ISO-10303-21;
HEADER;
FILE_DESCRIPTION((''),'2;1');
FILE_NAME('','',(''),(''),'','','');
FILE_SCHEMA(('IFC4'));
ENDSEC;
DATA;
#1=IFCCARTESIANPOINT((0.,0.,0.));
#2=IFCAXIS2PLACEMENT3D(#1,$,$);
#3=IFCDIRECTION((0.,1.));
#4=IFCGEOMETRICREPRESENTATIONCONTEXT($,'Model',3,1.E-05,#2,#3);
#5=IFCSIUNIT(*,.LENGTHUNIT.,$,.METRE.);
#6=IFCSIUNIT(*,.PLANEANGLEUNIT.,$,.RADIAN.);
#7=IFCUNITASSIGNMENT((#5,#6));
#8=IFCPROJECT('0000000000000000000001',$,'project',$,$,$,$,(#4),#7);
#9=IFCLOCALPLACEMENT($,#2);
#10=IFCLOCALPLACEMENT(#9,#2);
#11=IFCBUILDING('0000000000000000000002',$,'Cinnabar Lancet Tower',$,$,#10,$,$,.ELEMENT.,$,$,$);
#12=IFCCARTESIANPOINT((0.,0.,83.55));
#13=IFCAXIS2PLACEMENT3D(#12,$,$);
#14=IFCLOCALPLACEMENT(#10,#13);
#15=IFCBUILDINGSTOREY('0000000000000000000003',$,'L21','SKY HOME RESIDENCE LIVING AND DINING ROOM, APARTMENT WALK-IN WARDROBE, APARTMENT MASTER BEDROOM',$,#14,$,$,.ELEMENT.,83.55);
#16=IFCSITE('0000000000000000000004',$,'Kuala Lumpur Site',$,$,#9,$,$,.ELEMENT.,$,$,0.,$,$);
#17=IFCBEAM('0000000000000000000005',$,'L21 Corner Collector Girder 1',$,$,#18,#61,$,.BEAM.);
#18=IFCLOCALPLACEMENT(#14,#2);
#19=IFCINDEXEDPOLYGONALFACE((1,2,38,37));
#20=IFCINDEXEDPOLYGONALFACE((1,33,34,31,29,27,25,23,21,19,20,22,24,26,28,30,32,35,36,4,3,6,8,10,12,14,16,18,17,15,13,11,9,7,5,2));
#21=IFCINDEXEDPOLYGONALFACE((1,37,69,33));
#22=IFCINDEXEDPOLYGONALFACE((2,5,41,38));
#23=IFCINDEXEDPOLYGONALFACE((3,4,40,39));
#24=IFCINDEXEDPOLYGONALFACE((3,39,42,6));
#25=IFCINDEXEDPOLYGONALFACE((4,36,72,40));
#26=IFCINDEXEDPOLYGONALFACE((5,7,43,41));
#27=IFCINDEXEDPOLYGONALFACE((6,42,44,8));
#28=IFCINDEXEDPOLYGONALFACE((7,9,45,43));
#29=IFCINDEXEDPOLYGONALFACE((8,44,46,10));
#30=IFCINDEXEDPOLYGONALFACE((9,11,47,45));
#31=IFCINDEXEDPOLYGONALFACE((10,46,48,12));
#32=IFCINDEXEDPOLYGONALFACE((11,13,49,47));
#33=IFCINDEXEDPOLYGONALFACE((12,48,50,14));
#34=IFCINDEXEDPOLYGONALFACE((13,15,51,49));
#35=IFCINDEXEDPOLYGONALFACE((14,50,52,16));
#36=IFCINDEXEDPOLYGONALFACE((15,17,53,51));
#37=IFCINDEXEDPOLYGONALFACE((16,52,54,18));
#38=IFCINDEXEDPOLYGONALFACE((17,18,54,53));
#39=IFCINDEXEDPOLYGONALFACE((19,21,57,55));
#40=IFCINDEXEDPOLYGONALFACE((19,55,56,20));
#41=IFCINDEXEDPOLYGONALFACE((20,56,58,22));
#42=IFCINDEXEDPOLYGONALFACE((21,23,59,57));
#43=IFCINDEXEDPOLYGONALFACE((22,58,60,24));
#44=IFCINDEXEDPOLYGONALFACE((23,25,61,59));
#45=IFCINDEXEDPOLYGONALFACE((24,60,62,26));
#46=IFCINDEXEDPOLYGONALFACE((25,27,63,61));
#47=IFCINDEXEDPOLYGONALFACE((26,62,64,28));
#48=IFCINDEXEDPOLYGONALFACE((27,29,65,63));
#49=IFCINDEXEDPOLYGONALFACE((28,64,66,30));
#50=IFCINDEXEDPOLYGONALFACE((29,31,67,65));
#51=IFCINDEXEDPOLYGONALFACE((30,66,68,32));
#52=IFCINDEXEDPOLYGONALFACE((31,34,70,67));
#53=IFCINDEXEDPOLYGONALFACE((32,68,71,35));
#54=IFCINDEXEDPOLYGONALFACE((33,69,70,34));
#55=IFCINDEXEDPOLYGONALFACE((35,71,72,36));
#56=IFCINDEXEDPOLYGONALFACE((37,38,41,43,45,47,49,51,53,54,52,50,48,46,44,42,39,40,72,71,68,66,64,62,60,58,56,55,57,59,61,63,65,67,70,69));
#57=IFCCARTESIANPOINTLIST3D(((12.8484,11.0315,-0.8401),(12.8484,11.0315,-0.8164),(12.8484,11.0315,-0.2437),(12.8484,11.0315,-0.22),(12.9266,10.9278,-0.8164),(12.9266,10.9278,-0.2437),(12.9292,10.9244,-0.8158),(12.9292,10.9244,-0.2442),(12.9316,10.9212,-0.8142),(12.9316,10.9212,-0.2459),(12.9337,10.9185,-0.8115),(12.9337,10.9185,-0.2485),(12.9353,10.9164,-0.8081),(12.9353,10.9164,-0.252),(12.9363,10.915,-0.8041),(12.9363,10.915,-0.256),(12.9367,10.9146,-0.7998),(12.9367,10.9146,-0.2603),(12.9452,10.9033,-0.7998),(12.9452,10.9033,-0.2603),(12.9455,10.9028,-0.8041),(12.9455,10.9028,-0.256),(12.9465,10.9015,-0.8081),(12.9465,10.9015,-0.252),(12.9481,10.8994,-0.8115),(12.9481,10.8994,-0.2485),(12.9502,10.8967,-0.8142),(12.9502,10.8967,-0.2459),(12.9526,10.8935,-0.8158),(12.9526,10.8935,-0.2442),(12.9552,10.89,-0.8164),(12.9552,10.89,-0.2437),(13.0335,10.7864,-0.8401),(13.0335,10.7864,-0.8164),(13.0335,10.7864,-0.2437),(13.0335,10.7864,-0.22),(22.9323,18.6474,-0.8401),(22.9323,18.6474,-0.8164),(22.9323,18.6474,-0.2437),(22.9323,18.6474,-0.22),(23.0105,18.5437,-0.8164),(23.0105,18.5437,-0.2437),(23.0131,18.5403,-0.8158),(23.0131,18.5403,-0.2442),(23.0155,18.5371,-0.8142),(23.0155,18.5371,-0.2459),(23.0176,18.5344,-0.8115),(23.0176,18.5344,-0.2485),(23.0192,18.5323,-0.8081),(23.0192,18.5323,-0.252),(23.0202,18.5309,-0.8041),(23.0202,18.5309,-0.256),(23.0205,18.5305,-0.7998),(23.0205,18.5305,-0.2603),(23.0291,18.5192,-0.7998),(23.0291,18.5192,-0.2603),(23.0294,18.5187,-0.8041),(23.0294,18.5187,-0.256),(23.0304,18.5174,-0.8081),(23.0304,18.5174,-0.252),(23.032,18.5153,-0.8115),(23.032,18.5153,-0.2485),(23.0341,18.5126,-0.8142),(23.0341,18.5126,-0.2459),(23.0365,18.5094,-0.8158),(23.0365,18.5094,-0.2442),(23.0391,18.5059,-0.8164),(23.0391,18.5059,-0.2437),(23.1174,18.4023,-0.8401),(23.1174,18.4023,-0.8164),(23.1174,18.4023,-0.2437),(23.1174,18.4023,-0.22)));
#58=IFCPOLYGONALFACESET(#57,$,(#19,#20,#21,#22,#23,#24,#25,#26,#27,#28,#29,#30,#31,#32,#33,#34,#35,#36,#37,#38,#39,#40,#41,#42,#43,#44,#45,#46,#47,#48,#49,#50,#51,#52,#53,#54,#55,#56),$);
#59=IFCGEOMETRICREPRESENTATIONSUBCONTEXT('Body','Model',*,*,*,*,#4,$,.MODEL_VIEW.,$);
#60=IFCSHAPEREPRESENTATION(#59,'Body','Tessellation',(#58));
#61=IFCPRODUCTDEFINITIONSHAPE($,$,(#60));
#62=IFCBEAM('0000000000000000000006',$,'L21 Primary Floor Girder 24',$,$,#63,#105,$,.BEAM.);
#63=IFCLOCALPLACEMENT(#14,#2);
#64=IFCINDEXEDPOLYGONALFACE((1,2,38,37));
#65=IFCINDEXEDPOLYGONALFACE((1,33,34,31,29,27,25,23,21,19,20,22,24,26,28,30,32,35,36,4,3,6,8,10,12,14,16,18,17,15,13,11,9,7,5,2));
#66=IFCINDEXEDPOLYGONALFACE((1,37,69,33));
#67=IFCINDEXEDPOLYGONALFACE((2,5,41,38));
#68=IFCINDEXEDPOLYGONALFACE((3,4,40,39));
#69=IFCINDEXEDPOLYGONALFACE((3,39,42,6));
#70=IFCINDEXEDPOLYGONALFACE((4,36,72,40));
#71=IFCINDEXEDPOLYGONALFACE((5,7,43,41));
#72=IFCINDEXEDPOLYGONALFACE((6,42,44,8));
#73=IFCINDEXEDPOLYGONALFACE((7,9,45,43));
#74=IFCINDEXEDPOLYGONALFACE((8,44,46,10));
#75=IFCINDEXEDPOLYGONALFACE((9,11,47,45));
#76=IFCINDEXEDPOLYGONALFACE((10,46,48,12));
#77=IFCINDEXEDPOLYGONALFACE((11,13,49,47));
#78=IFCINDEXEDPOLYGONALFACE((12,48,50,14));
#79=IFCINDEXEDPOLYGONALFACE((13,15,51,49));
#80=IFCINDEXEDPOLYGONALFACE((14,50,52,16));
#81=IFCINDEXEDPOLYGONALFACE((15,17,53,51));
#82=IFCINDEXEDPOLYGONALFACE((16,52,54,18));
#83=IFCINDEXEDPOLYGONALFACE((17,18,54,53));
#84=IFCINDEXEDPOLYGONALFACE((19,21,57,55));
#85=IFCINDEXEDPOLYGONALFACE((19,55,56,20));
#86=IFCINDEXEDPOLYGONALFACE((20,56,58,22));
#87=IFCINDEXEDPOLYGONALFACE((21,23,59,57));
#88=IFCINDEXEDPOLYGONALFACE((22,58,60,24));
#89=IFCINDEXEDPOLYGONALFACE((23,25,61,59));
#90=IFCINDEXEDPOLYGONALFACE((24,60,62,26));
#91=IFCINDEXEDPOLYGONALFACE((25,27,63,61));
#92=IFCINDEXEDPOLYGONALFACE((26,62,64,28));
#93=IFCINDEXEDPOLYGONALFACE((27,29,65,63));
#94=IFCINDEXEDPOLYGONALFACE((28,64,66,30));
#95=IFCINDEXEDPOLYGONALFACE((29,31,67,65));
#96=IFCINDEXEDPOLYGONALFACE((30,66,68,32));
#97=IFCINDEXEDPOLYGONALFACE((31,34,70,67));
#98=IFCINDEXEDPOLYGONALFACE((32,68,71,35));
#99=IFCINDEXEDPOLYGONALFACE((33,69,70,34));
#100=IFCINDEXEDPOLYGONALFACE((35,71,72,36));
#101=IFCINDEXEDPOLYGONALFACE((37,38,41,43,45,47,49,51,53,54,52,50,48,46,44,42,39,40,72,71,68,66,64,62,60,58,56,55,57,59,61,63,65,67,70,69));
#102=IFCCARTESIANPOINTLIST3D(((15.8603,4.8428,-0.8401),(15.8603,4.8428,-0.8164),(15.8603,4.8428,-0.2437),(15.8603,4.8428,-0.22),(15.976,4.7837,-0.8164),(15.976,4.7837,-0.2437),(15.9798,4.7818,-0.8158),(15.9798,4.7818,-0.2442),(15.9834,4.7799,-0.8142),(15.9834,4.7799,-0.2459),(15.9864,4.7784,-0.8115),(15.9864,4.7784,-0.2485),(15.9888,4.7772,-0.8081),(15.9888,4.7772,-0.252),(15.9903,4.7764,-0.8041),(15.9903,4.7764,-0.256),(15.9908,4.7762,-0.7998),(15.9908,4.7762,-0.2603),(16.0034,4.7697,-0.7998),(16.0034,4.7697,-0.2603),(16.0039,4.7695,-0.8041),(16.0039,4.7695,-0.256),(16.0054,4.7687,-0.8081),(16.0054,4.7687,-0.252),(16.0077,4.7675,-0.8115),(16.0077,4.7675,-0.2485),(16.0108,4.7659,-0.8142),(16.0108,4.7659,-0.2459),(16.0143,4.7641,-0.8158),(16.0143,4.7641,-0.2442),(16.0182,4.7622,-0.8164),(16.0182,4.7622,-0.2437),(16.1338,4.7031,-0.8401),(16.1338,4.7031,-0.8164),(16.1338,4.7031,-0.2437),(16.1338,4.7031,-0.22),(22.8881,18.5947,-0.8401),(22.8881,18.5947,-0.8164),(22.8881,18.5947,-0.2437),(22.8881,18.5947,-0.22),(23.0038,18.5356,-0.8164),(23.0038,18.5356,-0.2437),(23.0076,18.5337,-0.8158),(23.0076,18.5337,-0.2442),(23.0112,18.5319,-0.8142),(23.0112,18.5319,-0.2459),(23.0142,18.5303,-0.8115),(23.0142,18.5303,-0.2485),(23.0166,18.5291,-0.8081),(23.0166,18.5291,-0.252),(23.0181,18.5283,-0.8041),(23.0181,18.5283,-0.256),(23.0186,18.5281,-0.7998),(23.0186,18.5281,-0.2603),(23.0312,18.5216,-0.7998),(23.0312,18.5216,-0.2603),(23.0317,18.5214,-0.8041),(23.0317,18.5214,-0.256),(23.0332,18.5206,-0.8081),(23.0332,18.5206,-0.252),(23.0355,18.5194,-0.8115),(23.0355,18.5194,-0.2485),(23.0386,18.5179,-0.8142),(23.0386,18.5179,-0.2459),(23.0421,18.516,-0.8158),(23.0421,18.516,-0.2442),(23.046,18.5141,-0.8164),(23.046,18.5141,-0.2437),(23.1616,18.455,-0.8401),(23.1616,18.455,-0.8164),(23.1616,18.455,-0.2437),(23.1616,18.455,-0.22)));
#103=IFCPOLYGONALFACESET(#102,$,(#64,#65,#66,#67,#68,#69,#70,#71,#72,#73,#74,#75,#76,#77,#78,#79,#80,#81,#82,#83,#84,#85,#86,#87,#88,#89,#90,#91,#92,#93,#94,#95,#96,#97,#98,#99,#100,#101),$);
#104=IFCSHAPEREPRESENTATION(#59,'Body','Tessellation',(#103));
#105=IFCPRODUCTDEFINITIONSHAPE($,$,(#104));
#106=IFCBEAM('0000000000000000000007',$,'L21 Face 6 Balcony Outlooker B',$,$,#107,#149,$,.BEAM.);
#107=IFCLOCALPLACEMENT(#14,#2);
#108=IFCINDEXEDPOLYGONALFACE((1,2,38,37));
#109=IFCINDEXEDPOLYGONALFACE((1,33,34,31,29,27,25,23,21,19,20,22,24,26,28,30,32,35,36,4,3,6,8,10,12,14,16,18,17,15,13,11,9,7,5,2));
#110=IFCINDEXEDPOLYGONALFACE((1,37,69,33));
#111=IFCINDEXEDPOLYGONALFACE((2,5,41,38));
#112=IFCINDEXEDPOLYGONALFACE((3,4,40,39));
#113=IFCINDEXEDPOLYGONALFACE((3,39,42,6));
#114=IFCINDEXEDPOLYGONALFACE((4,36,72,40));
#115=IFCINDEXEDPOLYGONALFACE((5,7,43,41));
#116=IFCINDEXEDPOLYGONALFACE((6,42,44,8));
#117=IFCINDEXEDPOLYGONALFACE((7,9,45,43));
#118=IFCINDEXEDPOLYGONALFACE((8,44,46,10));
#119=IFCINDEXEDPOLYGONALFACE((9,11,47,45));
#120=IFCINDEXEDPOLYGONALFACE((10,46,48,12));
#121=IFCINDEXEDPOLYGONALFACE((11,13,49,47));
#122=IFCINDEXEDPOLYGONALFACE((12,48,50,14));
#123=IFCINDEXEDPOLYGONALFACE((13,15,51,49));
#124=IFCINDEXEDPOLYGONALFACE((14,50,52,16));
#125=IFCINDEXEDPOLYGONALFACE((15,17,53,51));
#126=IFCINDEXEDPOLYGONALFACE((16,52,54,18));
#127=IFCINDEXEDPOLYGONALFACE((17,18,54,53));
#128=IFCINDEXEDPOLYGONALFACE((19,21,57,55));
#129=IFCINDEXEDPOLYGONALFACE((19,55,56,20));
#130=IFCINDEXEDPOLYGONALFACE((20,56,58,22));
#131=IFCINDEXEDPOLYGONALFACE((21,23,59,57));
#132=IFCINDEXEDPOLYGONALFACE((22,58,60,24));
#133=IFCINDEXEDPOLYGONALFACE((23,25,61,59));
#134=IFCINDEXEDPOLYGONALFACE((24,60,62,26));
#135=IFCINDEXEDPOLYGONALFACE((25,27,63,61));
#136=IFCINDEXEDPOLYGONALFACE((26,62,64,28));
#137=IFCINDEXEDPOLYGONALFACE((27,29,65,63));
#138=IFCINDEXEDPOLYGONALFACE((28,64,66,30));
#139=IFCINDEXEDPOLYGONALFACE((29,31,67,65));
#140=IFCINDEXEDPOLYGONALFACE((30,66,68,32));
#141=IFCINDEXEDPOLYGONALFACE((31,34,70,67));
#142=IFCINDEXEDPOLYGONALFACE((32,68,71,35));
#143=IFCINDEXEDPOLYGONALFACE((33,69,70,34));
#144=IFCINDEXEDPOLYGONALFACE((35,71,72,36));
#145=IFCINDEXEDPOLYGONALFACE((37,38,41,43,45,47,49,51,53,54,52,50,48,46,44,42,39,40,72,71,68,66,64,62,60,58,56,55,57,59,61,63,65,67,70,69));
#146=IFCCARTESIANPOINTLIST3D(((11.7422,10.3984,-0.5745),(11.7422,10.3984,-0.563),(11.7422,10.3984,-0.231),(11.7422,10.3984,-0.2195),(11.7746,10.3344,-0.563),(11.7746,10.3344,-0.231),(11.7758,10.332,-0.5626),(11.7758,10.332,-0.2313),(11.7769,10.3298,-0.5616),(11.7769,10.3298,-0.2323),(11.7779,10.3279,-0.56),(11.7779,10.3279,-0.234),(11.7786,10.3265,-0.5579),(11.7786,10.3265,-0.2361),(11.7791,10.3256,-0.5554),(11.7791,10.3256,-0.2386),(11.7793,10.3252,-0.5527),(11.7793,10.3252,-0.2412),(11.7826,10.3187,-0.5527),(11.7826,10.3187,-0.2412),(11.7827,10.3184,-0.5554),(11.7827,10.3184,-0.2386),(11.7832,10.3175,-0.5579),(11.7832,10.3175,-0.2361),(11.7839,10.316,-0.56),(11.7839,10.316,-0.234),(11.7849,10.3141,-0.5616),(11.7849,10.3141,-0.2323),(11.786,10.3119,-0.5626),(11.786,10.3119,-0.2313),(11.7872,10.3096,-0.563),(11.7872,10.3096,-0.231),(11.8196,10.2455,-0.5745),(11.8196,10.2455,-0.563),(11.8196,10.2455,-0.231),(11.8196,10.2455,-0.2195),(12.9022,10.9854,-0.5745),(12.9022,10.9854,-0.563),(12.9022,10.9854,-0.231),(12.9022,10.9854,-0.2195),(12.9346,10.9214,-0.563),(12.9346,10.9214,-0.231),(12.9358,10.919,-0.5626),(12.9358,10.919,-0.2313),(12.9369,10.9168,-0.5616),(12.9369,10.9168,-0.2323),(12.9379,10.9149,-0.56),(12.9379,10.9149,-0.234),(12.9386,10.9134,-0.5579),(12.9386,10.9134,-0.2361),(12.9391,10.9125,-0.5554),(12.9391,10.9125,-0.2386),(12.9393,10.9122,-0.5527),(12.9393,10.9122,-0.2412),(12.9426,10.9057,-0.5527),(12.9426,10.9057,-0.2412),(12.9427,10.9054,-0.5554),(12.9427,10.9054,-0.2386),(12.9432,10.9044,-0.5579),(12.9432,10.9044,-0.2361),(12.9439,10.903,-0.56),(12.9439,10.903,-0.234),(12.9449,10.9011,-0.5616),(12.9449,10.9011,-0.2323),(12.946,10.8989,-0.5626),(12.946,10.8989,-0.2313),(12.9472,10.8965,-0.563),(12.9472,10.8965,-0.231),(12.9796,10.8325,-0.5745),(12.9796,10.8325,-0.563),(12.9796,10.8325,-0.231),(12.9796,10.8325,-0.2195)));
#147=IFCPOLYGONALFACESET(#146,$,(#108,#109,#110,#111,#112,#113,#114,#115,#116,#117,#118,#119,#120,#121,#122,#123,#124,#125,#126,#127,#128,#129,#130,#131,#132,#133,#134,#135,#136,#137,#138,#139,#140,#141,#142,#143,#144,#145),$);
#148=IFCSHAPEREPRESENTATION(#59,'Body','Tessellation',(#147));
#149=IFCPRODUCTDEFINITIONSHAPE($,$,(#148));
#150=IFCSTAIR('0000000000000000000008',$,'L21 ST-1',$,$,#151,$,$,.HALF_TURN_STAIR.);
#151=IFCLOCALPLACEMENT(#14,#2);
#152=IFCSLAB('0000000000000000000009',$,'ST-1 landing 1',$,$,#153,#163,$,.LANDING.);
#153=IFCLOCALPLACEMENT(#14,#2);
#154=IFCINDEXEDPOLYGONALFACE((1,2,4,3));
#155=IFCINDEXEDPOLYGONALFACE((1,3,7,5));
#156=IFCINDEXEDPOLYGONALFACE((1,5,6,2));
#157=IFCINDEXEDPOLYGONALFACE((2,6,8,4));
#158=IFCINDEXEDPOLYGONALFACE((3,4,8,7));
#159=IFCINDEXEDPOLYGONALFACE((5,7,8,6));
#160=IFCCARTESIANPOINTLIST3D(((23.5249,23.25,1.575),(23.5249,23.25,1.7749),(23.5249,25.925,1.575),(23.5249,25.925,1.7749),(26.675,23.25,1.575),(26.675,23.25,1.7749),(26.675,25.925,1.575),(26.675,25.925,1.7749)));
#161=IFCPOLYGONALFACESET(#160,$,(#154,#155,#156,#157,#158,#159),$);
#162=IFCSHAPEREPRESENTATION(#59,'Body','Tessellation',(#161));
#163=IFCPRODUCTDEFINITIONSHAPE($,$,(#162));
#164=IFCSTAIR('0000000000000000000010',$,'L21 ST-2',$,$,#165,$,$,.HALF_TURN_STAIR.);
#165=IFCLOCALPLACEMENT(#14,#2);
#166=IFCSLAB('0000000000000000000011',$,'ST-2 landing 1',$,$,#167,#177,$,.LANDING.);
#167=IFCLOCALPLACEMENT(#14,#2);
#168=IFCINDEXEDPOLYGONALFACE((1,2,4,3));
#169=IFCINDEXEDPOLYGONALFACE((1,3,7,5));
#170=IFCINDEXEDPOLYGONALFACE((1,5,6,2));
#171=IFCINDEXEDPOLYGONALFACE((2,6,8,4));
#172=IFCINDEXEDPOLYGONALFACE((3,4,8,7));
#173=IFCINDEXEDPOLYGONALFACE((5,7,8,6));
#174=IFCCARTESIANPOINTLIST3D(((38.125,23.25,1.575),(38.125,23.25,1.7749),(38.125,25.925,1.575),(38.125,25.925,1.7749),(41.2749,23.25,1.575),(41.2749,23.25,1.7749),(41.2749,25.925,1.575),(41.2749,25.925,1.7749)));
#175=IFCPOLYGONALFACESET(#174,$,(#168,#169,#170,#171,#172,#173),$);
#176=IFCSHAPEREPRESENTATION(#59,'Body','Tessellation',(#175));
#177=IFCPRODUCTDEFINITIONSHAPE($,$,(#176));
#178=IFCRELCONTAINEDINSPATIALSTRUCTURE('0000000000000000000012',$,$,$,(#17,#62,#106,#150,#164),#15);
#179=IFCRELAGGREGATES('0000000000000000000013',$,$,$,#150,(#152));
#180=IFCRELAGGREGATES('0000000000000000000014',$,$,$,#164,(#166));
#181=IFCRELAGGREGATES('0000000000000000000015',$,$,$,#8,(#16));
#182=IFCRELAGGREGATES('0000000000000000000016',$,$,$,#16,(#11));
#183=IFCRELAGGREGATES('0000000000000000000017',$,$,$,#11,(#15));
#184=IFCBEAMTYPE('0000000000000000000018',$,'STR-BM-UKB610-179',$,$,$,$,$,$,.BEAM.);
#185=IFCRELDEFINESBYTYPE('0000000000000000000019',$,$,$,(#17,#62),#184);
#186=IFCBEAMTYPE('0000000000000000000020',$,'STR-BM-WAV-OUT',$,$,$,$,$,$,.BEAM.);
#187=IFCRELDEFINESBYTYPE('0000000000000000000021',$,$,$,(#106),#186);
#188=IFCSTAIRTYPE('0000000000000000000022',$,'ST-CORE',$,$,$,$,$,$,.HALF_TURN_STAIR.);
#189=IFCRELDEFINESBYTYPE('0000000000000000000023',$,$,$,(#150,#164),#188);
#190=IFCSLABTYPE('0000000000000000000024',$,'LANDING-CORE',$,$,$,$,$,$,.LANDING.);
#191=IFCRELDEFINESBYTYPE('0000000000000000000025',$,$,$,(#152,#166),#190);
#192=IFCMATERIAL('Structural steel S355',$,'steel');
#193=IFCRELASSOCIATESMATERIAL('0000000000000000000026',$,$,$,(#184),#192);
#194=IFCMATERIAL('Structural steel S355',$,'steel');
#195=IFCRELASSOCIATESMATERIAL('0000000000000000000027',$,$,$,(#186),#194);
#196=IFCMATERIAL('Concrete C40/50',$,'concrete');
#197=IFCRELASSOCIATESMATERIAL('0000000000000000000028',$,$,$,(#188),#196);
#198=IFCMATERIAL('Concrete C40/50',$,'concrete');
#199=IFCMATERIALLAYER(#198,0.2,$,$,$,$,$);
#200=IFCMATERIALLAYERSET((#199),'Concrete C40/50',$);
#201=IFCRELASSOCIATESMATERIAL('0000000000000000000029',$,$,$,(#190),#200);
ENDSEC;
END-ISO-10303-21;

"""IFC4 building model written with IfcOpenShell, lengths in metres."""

from ifc_helpers import new_model, si_unit, direction, frame, origin, origin_2d, place, context, subcontext, project, spatial, polyline, i_section, outline, extrude, material, layer, layer_set, material_profile, profile_set, type_object, element, aggregate, save


model = new_model("IFC4")

# Units and contexts
model_context = context("Model", 3, precision=1e-05, world=origin(), true_north=direction((0.0, 1.0)))
body_context = subcontext(model_context, "Body", "Model", "MODEL_VIEW")
ifc_project = project(units=[si_unit("LENGTHUNIT", "METRE"), si_unit("PLANEANGLEUNIT", "RADIAN")], contexts=[model_context])

# Site, building, storey
site_placement = place(None, origin())
site = spatial("IfcSite", under=ifc_project, at=site_placement, Name="Kuala Lumpur Site", CompositionType="ELEMENT", RefElevation=0.0)
building_placement = place(site_placement, origin())
building = spatial("IfcBuilding", under=site, at=building_placement, Name="Cinnabar Lancet Tower", CompositionType="ELEMENT")
storey_placement = place(building_placement, frame((0.0, 0.0, 83.55)))
storey = spatial("IfcBuildingStorey", under=building, at=storey_placement, Name="L21", Description="SKY HOME RESIDENCE LIVING AND DINING ROOM, APARTMENT WALK-IN WARDROBE, APARTMENT MASTER BEDROOM", CompositionType="ELEMENT", Elevation=83.55)

# Beams
ifc_material_1 = material(Name="Structural steel S355", Category="steel")
ifc_material_profile_1 = material_profile(ifc_material_1, i_section(OverallWidth=0.3071, OverallDepth=0.6201, WebThickness=0.0142, FlangeThickness=0.0237, FilletRadius=0.0166, at=origin_2d()), Name="UKB 610x305x179")
ifc_profile_set_1 = profile_set([ifc_material_profile_1], Name="Structural steel S355")
beam_type_1 = type_object("IfcBeamType", Name="STR-BM-UKB610-179", PredefinedType="BEAM", material=ifc_profile_set_1)
beam_1_placement = place(storey_placement, frame((12.9409, 10.9089, -0.53), z_axis=(0.797983, 0.60268, 0.0), x_axis=(-0.60268, 0.797983, 0.0)))
element("IfcBeam", 1, at=beam_1_placement, inside=storey, type_object=beam_type_1, Name="L21 Corner Collector Girder 1", PredefinedType="BEAM", context=body_context, shape_type="SweptSolid", body=[
    extrude(i_section(OverallWidth=0.3071, OverallDepth=0.6201, WebThickness=0.0142, FlangeThickness=0.0237, FilletRadius=0.0166, at=origin_2d()), origin(), (0.0, 0.0, 1.0), 12.6367),
])
beam_2_placement = place(storey_placement, frame((15.9971, 4.7729, -0.53), z_axis=(0.455063, 0.890459, 0.0), x_axis=(-0.890459, 0.455063, 0.0)))
element("IfcBeam", 2, at=beam_2_placement, inside=storey, type_object=beam_type_1, Name="L21 Primary Floor Girder 24", PredefinedType="BEAM", context=body_context, shape_type="SweptSolid", body=[
    extrude(i_section(OverallWidth=0.3071, OverallDepth=0.6201, WebThickness=0.0142, FlangeThickness=0.0237, FilletRadius=0.0166, at=origin_2d()), origin(), (0.0, 0.0, 1.0), 15.4436),
])
ifc_material_2 = material(Name="Structural steel S355", Category="steel")
ifc_material_profile_2 = material_profile(ifc_material_2, i_section(OverallWidth=0.1714, OverallDepth=0.355, WebThickness=0.0073, FlangeThickness=0.0115, FilletRadius=0.0103, at=origin_2d()), Name="UKB 356x171x51")
ifc_profile_set_2 = profile_set([ifc_material_profile_2], Name="Structural steel S355")
beam_type_2 = type_object("IfcBeamType", Name="STR-BM-WAV-OUT", PredefinedType="BEAM", material=ifc_profile_set_2)
beam_3_placement = place(storey_placement, frame((12.9409, 10.9089, -0.397), z_axis=(-0.892276, -0.45149, 0.0), x_axis=(0.45149, -0.892276, 0.0)))
element("IfcBeam", 3, at=beam_3_placement, inside=storey, type_object=beam_type_2, Name="L21 Face 6 Balcony Outlooker B", PredefinedType="BEAM", context=body_context, shape_type="SweptSolid", body=[
    extrude(i_section(OverallWidth=0.1714, OverallDepth=0.355, WebThickness=0.0073, FlangeThickness=0.0115, FilletRadius=0.0103, at=origin_2d()), origin(), (0.0, 0.0, 1.0), 1.3),
])

# Stairs, slabs
ifc_material_3 = material(Name="Concrete C40/50", Category="concrete")
stair_type = type_object("IfcStairType", Name="ST-CORE", PredefinedType="HALF_TURN_STAIR", material=ifc_material_3)
stair_1_placement = place(storey_placement, origin())
stair_1 = element("IfcStair", 4, at=stair_1_placement, inside=storey, type_object=stair_type, Name="L21 ST-1", PredefinedType="HALF_TURN_STAIR")
ifc_material_4 = material(Name="Concrete C40/50", Category="concrete")
ifc_layer_1 = layer(ifc_material_4, 0.2)
ifc_layer_set_1 = layer_set([ifc_layer_1], Name="Concrete C40/50")
slab_type_1 = type_object("IfcSlabType", Name="LANDING-CORE", PredefinedType="LANDING", material=ifc_layer_set_1)
slab_1_placement = place(storey_placement, frame((0.0, 0.0, 1.575)))
slab_1 = element("IfcSlab", 5, at=slab_1_placement, type_object=slab_type_1, Name="ST-1 landing 1", PredefinedType="LANDING", context=body_context, shape_type="SweptSolid", body=[
    extrude(outline(polyline([(23.5249, 25.925), (23.5249, 23.25), (26.675, 23.25), (26.675, 25.925), (23.5249, 25.925)])), origin(), (0.0, 0.0, 1.0), 0.2),
])
aggregate(stair_1, [slab_1])
stair_2_placement = place(storey_placement, origin())
stair_2 = element("IfcStair", 6, at=stair_2_placement, inside=storey, type_object=stair_type, Name="L21 ST-2", PredefinedType="HALF_TURN_STAIR")
slab_2_placement = place(storey_placement, frame((0.0, 0.0, 1.575)))
slab_2 = element("IfcSlab", 7, at=slab_2_placement, type_object=slab_type_1, Name="ST-2 landing 1", PredefinedType="LANDING", context=body_context, shape_type="SweptSolid", body=[
    extrude(outline(polyline([(38.125, 25.925), (38.125, 23.25), (41.2749, 23.25), (41.2749, 25.925), (38.125, 25.925)])), origin(), (0.0, 0.0, 1.0), 0.2),
])
aggregate(stair_2, [slab_2])

save(model, "model.ifc")
